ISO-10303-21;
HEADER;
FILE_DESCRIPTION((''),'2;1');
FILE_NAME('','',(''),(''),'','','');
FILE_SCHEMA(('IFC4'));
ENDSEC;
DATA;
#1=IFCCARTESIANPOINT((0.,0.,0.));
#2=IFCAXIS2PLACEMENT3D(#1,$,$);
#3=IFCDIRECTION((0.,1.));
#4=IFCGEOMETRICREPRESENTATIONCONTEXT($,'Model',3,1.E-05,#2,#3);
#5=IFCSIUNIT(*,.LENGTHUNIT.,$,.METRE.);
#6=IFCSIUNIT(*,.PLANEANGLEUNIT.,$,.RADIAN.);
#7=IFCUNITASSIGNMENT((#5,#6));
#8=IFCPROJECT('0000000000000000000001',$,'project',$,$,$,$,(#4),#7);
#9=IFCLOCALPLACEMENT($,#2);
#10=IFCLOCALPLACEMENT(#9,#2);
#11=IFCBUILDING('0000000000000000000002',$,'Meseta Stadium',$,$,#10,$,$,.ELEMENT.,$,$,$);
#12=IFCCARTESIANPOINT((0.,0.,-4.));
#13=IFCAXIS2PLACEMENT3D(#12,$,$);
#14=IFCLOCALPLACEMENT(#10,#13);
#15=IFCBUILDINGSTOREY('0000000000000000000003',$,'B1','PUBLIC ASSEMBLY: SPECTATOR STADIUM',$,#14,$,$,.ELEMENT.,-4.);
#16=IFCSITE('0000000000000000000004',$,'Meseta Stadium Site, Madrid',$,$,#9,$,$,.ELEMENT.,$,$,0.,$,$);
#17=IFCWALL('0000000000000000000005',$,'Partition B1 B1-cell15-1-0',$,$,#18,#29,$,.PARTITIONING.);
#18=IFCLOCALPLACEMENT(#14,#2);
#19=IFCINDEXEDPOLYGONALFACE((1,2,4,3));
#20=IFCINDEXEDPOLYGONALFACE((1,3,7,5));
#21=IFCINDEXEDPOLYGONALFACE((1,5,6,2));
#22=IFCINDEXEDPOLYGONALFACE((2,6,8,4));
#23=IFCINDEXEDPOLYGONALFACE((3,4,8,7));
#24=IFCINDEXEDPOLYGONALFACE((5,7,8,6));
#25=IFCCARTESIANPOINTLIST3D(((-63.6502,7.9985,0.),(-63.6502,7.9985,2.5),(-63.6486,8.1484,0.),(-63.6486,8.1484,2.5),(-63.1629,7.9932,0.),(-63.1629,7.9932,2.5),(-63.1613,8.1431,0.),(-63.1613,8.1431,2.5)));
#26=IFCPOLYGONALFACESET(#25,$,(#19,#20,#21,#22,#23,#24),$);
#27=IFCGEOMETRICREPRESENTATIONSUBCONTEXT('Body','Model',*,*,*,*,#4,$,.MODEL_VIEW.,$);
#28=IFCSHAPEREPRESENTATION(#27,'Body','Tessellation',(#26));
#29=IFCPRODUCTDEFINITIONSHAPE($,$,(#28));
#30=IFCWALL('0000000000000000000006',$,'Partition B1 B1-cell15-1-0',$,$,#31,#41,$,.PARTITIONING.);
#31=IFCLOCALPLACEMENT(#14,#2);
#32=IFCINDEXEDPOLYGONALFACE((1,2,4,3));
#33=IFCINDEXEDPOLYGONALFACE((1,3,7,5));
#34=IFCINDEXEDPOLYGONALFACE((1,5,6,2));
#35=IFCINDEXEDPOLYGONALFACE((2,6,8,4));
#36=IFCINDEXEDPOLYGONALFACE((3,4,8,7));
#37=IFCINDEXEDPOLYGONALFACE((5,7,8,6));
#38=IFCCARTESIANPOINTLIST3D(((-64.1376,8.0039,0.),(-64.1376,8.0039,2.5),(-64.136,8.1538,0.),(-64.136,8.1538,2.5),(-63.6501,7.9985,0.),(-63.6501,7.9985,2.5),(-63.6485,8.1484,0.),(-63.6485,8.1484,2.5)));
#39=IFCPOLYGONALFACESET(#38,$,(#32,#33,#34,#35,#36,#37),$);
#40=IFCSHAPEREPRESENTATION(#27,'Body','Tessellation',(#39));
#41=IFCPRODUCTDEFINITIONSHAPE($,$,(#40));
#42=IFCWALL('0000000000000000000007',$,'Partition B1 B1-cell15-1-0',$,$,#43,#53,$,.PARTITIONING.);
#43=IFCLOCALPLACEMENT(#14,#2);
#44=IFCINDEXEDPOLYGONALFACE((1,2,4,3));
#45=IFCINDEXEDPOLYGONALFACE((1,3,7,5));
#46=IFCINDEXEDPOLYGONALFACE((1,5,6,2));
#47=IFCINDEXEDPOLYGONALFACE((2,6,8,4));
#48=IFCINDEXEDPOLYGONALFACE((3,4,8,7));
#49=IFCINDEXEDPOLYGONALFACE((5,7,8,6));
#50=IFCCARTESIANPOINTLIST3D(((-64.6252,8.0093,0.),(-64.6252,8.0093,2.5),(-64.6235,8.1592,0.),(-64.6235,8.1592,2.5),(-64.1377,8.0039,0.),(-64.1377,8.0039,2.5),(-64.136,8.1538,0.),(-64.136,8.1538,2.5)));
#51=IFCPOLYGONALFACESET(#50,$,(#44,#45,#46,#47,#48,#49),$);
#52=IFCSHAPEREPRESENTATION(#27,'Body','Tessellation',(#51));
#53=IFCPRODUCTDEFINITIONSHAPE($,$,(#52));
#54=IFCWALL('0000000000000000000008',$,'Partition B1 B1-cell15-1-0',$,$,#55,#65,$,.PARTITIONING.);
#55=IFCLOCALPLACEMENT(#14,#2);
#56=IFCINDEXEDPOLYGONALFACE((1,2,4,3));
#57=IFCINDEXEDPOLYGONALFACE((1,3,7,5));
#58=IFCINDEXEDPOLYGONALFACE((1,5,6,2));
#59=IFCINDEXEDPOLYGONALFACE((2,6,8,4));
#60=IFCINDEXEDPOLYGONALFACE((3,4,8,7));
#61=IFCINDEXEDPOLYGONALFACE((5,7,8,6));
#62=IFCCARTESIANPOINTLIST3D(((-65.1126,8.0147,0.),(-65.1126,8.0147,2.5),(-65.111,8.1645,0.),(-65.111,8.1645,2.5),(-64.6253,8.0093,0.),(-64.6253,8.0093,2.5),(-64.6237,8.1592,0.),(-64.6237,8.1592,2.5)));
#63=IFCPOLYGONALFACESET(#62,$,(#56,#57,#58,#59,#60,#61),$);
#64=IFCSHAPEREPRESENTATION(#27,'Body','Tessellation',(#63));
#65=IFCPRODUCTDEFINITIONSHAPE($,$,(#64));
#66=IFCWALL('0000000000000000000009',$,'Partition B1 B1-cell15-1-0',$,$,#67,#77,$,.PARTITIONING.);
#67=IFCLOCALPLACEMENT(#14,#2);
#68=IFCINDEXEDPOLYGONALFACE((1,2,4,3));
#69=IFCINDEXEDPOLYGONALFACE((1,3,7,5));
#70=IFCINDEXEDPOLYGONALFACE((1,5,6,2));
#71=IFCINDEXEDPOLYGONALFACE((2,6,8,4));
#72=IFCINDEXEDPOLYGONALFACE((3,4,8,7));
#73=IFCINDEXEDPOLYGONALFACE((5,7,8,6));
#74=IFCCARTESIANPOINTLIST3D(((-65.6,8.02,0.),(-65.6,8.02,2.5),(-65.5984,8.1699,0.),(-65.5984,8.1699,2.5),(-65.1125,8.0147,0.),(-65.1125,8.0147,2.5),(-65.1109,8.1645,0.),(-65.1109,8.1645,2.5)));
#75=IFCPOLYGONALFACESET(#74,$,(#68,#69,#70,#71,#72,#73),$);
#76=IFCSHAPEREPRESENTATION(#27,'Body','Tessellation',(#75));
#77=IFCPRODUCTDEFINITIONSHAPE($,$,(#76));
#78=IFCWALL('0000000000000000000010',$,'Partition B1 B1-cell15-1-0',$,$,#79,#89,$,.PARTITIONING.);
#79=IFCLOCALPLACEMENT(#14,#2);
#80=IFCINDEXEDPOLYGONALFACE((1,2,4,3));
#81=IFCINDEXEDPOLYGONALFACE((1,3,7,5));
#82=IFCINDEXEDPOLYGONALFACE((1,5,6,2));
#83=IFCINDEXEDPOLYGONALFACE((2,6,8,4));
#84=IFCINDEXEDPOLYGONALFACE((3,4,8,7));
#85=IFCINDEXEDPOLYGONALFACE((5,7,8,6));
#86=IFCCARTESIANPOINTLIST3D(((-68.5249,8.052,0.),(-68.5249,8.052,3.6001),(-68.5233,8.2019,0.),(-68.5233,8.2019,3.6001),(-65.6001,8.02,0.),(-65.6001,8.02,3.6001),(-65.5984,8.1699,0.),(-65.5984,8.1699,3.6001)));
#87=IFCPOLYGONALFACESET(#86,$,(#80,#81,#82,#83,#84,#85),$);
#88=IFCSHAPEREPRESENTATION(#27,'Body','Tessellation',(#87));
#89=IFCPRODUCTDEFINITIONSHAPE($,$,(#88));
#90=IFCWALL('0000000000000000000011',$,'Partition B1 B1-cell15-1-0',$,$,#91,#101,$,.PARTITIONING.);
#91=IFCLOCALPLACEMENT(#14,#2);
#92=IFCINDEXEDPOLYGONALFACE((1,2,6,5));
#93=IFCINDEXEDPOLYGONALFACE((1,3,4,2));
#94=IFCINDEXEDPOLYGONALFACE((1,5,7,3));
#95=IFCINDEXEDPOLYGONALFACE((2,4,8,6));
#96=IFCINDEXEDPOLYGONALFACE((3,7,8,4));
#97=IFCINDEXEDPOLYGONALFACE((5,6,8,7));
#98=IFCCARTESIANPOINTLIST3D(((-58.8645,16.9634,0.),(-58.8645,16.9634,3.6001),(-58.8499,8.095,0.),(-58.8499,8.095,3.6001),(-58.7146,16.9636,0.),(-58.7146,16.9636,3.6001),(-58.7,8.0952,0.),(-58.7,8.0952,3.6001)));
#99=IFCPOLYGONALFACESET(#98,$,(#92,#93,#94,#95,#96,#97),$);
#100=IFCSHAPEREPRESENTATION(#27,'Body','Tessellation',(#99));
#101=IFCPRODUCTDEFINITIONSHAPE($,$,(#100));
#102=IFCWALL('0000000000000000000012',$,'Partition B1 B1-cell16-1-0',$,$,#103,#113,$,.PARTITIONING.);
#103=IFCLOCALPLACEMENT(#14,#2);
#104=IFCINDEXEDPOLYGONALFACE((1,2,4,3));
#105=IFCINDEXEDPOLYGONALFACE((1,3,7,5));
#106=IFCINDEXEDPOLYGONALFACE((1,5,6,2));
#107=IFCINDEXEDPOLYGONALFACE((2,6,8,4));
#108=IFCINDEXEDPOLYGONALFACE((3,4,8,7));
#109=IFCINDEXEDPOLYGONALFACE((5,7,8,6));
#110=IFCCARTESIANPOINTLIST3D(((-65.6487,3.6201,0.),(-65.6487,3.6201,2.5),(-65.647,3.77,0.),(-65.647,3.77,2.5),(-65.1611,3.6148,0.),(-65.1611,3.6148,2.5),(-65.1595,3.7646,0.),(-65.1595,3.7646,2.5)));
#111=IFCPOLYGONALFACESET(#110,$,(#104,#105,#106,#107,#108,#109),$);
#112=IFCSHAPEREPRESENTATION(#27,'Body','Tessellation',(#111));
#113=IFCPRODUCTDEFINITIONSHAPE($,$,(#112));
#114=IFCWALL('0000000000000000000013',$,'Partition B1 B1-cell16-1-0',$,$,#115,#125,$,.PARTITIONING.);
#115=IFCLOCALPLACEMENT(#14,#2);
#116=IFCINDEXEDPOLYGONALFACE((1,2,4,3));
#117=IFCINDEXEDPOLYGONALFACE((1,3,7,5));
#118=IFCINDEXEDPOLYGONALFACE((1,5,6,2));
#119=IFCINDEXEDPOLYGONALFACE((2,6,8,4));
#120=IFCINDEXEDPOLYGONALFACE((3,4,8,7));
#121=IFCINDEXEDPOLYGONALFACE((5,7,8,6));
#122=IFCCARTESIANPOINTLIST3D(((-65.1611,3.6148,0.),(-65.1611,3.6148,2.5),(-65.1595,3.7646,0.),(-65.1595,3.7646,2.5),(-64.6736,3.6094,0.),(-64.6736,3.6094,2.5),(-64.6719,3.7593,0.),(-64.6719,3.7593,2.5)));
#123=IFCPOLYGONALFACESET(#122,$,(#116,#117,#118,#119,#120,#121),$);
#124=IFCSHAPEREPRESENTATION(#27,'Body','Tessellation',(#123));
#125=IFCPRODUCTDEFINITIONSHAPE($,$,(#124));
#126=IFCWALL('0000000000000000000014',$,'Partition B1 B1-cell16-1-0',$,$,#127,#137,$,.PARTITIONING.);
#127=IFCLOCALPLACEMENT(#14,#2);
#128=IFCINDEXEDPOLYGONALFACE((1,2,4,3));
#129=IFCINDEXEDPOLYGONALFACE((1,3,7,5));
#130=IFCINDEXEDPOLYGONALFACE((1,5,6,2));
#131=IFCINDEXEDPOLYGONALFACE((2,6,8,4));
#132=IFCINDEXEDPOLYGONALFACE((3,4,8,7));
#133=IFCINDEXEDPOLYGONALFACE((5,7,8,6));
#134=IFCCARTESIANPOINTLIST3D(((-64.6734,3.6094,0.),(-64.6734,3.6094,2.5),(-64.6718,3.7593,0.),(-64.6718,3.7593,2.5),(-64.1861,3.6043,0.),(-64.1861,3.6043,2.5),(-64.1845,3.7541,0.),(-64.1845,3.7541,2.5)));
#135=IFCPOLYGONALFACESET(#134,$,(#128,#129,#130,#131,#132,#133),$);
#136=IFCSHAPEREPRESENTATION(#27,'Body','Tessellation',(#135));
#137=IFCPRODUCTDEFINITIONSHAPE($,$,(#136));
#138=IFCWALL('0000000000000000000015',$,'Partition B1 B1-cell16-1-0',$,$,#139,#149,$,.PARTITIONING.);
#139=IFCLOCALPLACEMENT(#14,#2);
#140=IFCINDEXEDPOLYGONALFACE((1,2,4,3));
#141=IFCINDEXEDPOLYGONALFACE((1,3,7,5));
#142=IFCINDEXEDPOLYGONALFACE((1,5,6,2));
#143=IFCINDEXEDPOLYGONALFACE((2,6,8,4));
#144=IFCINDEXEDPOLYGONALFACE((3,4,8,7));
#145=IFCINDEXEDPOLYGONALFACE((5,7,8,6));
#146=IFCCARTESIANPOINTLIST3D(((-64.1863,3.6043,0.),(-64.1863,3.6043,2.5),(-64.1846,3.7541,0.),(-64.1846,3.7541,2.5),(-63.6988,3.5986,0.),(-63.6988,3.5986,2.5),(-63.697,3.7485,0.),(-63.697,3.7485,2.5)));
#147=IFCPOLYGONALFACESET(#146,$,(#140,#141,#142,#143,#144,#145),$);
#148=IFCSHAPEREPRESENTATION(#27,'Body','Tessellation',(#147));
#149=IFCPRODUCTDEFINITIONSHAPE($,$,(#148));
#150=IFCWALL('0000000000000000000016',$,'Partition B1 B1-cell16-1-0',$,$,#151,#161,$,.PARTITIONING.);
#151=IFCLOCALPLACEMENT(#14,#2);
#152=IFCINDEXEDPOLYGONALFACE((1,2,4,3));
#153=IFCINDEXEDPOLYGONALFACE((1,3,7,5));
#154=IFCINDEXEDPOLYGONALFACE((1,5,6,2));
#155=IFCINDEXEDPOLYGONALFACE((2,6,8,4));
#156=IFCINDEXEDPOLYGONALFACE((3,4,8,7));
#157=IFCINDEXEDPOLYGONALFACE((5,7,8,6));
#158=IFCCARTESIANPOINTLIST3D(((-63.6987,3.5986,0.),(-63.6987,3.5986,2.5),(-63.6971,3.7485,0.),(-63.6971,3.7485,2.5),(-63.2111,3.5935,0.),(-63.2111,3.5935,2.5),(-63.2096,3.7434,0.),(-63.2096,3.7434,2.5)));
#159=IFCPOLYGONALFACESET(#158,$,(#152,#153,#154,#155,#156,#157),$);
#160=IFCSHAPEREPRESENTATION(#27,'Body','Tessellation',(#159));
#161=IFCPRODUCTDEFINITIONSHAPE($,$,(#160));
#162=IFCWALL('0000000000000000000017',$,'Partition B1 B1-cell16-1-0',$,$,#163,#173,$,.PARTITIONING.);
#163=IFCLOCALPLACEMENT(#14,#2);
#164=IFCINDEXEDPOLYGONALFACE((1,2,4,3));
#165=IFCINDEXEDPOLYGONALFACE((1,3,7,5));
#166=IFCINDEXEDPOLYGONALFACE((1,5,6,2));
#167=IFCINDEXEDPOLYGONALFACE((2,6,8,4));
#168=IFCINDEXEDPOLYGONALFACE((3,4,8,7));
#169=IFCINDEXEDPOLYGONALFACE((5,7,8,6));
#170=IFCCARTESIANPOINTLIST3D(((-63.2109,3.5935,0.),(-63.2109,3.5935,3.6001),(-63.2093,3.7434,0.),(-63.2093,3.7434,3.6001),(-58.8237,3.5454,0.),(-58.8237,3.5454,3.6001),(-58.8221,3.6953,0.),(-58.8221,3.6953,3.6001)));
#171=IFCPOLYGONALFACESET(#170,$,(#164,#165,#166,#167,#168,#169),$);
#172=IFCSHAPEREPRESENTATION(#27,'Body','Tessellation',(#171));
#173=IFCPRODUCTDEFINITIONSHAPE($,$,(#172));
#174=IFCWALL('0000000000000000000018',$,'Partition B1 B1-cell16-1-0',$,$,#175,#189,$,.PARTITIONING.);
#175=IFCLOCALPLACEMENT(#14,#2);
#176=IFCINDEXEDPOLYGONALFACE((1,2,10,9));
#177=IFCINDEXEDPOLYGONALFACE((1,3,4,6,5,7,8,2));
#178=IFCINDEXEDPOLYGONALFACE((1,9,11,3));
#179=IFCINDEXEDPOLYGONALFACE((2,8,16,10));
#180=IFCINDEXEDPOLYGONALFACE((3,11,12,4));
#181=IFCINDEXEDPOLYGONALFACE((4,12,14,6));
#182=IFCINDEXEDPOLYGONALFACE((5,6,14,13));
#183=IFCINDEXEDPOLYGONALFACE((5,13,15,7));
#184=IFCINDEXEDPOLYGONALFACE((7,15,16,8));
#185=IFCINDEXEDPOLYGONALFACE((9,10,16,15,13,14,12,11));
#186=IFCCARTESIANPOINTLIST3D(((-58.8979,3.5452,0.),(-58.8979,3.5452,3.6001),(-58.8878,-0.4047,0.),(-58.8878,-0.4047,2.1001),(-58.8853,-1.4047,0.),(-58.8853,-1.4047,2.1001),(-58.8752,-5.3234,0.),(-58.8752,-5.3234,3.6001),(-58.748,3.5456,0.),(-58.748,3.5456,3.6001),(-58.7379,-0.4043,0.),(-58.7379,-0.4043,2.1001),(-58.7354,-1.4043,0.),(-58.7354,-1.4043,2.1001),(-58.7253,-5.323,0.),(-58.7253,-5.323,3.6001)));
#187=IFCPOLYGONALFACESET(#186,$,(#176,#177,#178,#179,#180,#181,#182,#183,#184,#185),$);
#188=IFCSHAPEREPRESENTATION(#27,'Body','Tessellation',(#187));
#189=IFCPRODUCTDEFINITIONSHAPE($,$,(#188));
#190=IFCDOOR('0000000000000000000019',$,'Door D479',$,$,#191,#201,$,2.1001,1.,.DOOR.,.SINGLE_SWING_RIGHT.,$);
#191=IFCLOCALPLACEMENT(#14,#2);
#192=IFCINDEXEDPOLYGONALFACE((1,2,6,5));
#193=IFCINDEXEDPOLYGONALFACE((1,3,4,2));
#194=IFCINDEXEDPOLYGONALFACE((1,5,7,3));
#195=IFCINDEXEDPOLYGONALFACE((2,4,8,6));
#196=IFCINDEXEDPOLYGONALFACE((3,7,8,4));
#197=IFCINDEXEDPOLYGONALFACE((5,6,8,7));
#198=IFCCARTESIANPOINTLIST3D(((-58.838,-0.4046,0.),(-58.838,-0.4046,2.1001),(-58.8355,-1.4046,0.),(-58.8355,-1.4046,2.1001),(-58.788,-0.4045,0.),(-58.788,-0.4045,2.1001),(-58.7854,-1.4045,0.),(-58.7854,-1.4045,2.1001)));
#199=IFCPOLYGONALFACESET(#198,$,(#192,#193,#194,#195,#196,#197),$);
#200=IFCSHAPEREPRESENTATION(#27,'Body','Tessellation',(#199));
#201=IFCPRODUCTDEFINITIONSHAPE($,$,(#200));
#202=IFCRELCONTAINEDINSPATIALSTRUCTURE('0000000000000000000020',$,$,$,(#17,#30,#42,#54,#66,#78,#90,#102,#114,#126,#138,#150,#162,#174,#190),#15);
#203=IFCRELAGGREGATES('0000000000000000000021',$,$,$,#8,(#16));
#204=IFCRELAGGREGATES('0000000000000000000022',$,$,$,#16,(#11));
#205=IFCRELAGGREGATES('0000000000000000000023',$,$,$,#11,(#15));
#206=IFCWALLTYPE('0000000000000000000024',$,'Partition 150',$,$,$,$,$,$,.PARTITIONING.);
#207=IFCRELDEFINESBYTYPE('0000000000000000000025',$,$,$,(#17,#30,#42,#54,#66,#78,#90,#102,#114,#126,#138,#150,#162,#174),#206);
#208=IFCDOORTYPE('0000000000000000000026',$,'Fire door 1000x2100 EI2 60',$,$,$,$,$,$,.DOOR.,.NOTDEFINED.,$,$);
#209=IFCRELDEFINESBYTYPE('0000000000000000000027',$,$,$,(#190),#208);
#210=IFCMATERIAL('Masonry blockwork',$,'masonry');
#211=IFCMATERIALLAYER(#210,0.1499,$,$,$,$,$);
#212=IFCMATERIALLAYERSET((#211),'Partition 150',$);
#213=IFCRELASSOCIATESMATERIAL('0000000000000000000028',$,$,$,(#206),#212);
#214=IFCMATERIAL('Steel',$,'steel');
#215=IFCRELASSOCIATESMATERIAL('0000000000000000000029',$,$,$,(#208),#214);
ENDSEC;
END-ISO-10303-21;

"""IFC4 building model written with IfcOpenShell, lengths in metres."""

from ifc_helpers import new_model, si_unit, direction, frame, frame_2d, origin, place, context, subcontext, project, spatial, rectangle, extrude, material, layer, layer_set, type_object, element, fill, save


model = new_model("IFC4")

# Units and contexts
model_context = context("Model", 3, precision=1e-05, world=origin(), true_north=direction((0.0, 1.0)))
body_context = subcontext(model_context, "Body", "Model", "MODEL_VIEW")
ifc_project = project(units=[si_unit("LENGTHUNIT", "METRE"), si_unit("PLANEANGLEUNIT", "RADIAN")], contexts=[model_context])

# Site, building, storey
site_placement = place(None, origin())
site = spatial("IfcSite", under=ifc_project, at=site_placement, Name="Meseta Stadium Site, Madrid", CompositionType="ELEMENT", RefElevation=0.0)
building_placement = place(site_placement, origin())
building = spatial("IfcBuilding", under=site, at=building_placement, Name="Meseta Stadium", CompositionType="ELEMENT")
storey_placement = place(building_placement, frame((0.0, 0.0, -4.0)))
storey = spatial("IfcBuildingStorey", under=building, at=storey_placement, Name="B1", Description="PUBLIC ASSEMBLY: SPECTATOR STADIUM", CompositionType="ELEMENT", Elevation=-4.0)

# Walls
ifc_material_1 = material(Name="Masonry blockwork", Category="masonry")
ifc_layer = layer(ifc_material_1, 0.1499)
ifc_layer_set = layer_set([ifc_layer], Name="Partition 150")
wall_type = type_object("IfcWallType", Name="Partition 150", PredefinedType="PARTITIONING", material=ifc_layer_set)
wall_1_placement = place(storey_placement, frame((-63.1621, 8.0681, 0.0), z_axis=(0.0, 0.0, 1.0), x_axis=(-0.999939, 0.011021, 0.0)))
element("IfcWall", 1, at=wall_1_placement, inside=storey, type_object=wall_type, Name="Partition B1 B1-cell15-1-0", PredefinedType="PARTITIONING", context=body_context, shape_type="SweptSolid", body=[
    extrude(rectangle(XDim=0.4873, YDim=0.1499, at=frame_2d((0.2437, 0.0))), origin(), (0.0, 0.0, 1.0), 2.5),
])
for number, where, z_axis, x_axis, name in (
    (2, (-63.6494, 8.0735, 0.0), (0.0, 0.0, 1.0), (-0.999939, 0.011016, 0.0), "Partition B1 B1-cell15-1-0"),
    (3, (-64.137, 8.0789, 0.0), (0.0, 0.0, 1.0), (-0.999939, 0.011016, 0.0), "Partition B1 B1-cell15-1-0"),
):
    element("IfcWall", number, at=place(storey_placement, frame(where, z_axis=z_axis, x_axis=x_axis)), inside=storey, type_object=wall_type, Name=name, PredefinedType="PARTITIONING", context=body_context, shape_type="SweptSolid", body=[
        extrude(rectangle(XDim=0.4875, YDim=0.1499, at=frame_2d((0.2437, 0.0))), origin(), (0.0, 0.0, 1.0), 2.5),
    ])
wall_2_placement = place(storey_placement, frame((-64.6245, 8.0842, 0.0), z_axis=(0.0, 0.0, 1.0), x_axis=(-0.999939, 0.011021, 0.0)))
element("IfcWall", 4, at=wall_2_placement, inside=storey, type_object=wall_type, Name="Partition B1 B1-cell15-1-0", PredefinedType="PARTITIONING", context=body_context, shape_type="SweptSolid", body=[
    extrude(rectangle(XDim=0.4873, YDim=0.1499, at=frame_2d((0.2437, 0.0))), origin(), (0.0, 0.0, 1.0), 2.5),
])
wall_3_placement = place(storey_placement, frame((-65.1118, 8.0896, 0.0), z_axis=(0.0, 0.0, 1.0), x_axis=(-0.999939, 0.011016, 0.0)))
element("IfcWall", 5, at=wall_3_placement, inside=storey, type_object=wall_type, Name="Partition B1 B1-cell15-1-0", PredefinedType="PARTITIONING", context=body_context, shape_type="SweptSolid", body=[
    extrude(rectangle(XDim=0.4875, YDim=0.1499, at=frame_2d((0.2437, 0.0))), origin(), (0.0, 0.0, 1.0), 2.5),
])
wall_4_placement = place(storey_placement, frame((-65.5994, 8.095, 0.0), z_axis=(0.0, 0.0, 1.0), x_axis=(-0.99994, 0.010934, 0.0)))
element("IfcWall", 6, at=wall_4_placement, inside=storey, type_object=wall_type, Name="Partition B1 B1-cell15-1-0", PredefinedType="PARTITIONING", context=body_context, shape_type="SweptSolid", body=[
    extrude(rectangle(XDim=2.925, YDim=0.1499, at=frame_2d((1.4624, 0.0))), origin(), (0.0, 0.0, 1.0), 3.6001),
])
wall_5_placement = place(storey_placement, frame((-58.7896, 16.9634, 0.0), z_axis=(0.0, 0.0, 1.0), x_axis=(0.001652, -0.999999, 0.0)))
element("IfcWall", 7, at=wall_5_placement, inside=storey, type_object=wall_type, Name="Partition B1 B1-cell15-1-0", PredefinedType="PARTITIONING", context=body_context, shape_type="SweptSolid", body=[
    extrude(rectangle(XDim=8.8684, YDim=0.1499, at=frame_2d((4.4341, 0.0))), origin(), (0.0, 0.0, 1.0), 3.6001),
])
for number, where, z_axis, x_axis, name in (
    (8, (-65.6477, 3.6951, 0.0), (0.0, 0.0, 1.0), (0.999939, -0.011016, 0.0), "Partition B1 B1-cell16-1-0"),
    (9, (-65.1602, 3.6897, 0.0), (0.0, 0.0, 1.0), (0.999939, -0.011016, 0.0), "Partition B1 B1-cell16-1-0"),
):
    element("IfcWall", number, at=place(storey_placement, frame(where, z_axis=z_axis, x_axis=x_axis)), inside=storey, type_object=wall_type, Name=name, PredefinedType="PARTITIONING", context=body_context, shape_type="SweptSolid", body=[
        extrude(rectangle(XDim=0.4875, YDim=0.1499, at=frame_2d((0.2437, 0.0))), origin(), (0.0, 0.0, 1.0), 2.5),
    ])
wall_6_placement = place(storey_placement, frame((-64.6726, 3.6843, 0.0), z_axis=(0.0, 0.0, 1.0), x_axis=(0.999945, -0.01052, 0.0)))
element("IfcWall", 10, at=wall_6_placement, inside=storey, type_object=wall_type, Name="Partition B1 B1-cell16-1-0", PredefinedType="PARTITIONING", context=body_context, shape_type="SweptSolid", body=[
    extrude(rectangle(XDim=0.4873, YDim=0.1499, at=frame_2d((0.2437, 0.0))), origin(), (0.0, 0.0, 1.0), 2.5),
])
for number, where, z_axis, x_axis, name in (
    (11, (-64.1853, 3.6792, 0.0), (0.0, 0.0, 1.0), (0.999934, -0.011517, 0.0), "Partition B1 B1-cell16-1-0"),
    (12, (-63.6978, 3.6736, 0.0), (0.0, 0.0, 1.0), (0.999945, -0.010515, 0.0), "Partition B1 B1-cell16-1-0"),
):
    element("IfcWall", number, at=place(storey_placement, frame(where, z_axis=z_axis, x_axis=x_axis)), inside=storey, type_object=wall_type, Name=name, PredefinedType="PARTITIONING", context=body_context, shape_type="SweptSolid", body=[
        extrude(rectangle(XDim=0.4875, YDim=0.1499, at=frame_2d((0.2437, 0.0))), origin(), (0.0, 0.0, 1.0), 2.5),
    ])
wall_7_placement = place(storey_placement, frame((-63.2102, 3.6685, 0.0), z_axis=(0.0, 0.0, 1.0), x_axis=(0.99994, -0.010962, 0.0)))
element("IfcWall", 13, at=wall_7_placement, inside=storey, type_object=wall_type, Name="Partition B1 B1-cell16-1-0", PredefinedType="PARTITIONING", context=body_context, shape_type="SweptSolid", body=[
    extrude(rectangle(XDim=4.3875, YDim=0.1499, at=frame_2d((2.1938, 0.0))), origin(), (0.0, 0.0, 1.0), 3.6001),
])

# Wall, opening, door
wall_8_placement = place(storey_placement, frame((-58.823, 3.5454, 0.0), z_axis=(0.0, 0.0, 1.0), x_axis=(0.00256, -0.999997, 0.0)))
wall_8 = element("IfcWall", 14, at=wall_8_placement, inside=storey, type_object=wall_type, Name="Partition B1 B1-cell16-1-0", PredefinedType="PARTITIONING", context=body_context, shape_type="SweptSolid", body=[
    extrude(rectangle(XDim=8.8687, YDim=0.1499, at=frame_2d((4.4343, 0.0))), origin(), (0.0, 0.0, 1.0), 3.6001),
])
opening_placement = place(wall_8_placement, frame((3.95, 0.0, 0.0)))
opening = element("IfcOpeningElement", 15, at=opening_placement, cuts=wall_8, PredefinedType="OPENING", context=body_context, shape_type="SweptSolid", body=[
    extrude(rectangle(XDim=1.0, YDim=2.1001, at=frame_2d((0.5, 1.05))), frame((0.0, 0.085, 0.0), z_axis=(0.0, -1.0, 0.0), x_axis=(1.0, 0.0, 0.0)), (0.0, 0.0, 1.0), 0.1699),
])
ifc_material_2 = material(Name="Steel", Category="steel")
door_type = type_object("IfcDoorType", Name="Fire door 1000x2100 EI2 60", OperationType="NOTDEFINED", PredefinedType="DOOR", material=ifc_material_2)
door_placement = place(opening_placement, origin())
door = element("IfcDoor", 16, at=door_placement, inside=storey, type_object=door_type, Name="Door D479", OperationType="SINGLE_SWING_RIGHT", OverallHeight=2.1001, OverallWidth=1.0, PredefinedType="DOOR", context=body_context, shape_type="SweptSolid", body=[
    extrude(rectangle(XDim=1.0, YDim=2.1001, at=frame_2d((0.5, 1.05))), frame((0.0, 0.0249, 0.0), z_axis=(0.0, -1.0, 0.0), x_axis=(1.0, 0.0, 0.0)), (0.0, 0.0, 1.0), 0.05),
])
fill(opening, door)

save(model, "model.ifc")
